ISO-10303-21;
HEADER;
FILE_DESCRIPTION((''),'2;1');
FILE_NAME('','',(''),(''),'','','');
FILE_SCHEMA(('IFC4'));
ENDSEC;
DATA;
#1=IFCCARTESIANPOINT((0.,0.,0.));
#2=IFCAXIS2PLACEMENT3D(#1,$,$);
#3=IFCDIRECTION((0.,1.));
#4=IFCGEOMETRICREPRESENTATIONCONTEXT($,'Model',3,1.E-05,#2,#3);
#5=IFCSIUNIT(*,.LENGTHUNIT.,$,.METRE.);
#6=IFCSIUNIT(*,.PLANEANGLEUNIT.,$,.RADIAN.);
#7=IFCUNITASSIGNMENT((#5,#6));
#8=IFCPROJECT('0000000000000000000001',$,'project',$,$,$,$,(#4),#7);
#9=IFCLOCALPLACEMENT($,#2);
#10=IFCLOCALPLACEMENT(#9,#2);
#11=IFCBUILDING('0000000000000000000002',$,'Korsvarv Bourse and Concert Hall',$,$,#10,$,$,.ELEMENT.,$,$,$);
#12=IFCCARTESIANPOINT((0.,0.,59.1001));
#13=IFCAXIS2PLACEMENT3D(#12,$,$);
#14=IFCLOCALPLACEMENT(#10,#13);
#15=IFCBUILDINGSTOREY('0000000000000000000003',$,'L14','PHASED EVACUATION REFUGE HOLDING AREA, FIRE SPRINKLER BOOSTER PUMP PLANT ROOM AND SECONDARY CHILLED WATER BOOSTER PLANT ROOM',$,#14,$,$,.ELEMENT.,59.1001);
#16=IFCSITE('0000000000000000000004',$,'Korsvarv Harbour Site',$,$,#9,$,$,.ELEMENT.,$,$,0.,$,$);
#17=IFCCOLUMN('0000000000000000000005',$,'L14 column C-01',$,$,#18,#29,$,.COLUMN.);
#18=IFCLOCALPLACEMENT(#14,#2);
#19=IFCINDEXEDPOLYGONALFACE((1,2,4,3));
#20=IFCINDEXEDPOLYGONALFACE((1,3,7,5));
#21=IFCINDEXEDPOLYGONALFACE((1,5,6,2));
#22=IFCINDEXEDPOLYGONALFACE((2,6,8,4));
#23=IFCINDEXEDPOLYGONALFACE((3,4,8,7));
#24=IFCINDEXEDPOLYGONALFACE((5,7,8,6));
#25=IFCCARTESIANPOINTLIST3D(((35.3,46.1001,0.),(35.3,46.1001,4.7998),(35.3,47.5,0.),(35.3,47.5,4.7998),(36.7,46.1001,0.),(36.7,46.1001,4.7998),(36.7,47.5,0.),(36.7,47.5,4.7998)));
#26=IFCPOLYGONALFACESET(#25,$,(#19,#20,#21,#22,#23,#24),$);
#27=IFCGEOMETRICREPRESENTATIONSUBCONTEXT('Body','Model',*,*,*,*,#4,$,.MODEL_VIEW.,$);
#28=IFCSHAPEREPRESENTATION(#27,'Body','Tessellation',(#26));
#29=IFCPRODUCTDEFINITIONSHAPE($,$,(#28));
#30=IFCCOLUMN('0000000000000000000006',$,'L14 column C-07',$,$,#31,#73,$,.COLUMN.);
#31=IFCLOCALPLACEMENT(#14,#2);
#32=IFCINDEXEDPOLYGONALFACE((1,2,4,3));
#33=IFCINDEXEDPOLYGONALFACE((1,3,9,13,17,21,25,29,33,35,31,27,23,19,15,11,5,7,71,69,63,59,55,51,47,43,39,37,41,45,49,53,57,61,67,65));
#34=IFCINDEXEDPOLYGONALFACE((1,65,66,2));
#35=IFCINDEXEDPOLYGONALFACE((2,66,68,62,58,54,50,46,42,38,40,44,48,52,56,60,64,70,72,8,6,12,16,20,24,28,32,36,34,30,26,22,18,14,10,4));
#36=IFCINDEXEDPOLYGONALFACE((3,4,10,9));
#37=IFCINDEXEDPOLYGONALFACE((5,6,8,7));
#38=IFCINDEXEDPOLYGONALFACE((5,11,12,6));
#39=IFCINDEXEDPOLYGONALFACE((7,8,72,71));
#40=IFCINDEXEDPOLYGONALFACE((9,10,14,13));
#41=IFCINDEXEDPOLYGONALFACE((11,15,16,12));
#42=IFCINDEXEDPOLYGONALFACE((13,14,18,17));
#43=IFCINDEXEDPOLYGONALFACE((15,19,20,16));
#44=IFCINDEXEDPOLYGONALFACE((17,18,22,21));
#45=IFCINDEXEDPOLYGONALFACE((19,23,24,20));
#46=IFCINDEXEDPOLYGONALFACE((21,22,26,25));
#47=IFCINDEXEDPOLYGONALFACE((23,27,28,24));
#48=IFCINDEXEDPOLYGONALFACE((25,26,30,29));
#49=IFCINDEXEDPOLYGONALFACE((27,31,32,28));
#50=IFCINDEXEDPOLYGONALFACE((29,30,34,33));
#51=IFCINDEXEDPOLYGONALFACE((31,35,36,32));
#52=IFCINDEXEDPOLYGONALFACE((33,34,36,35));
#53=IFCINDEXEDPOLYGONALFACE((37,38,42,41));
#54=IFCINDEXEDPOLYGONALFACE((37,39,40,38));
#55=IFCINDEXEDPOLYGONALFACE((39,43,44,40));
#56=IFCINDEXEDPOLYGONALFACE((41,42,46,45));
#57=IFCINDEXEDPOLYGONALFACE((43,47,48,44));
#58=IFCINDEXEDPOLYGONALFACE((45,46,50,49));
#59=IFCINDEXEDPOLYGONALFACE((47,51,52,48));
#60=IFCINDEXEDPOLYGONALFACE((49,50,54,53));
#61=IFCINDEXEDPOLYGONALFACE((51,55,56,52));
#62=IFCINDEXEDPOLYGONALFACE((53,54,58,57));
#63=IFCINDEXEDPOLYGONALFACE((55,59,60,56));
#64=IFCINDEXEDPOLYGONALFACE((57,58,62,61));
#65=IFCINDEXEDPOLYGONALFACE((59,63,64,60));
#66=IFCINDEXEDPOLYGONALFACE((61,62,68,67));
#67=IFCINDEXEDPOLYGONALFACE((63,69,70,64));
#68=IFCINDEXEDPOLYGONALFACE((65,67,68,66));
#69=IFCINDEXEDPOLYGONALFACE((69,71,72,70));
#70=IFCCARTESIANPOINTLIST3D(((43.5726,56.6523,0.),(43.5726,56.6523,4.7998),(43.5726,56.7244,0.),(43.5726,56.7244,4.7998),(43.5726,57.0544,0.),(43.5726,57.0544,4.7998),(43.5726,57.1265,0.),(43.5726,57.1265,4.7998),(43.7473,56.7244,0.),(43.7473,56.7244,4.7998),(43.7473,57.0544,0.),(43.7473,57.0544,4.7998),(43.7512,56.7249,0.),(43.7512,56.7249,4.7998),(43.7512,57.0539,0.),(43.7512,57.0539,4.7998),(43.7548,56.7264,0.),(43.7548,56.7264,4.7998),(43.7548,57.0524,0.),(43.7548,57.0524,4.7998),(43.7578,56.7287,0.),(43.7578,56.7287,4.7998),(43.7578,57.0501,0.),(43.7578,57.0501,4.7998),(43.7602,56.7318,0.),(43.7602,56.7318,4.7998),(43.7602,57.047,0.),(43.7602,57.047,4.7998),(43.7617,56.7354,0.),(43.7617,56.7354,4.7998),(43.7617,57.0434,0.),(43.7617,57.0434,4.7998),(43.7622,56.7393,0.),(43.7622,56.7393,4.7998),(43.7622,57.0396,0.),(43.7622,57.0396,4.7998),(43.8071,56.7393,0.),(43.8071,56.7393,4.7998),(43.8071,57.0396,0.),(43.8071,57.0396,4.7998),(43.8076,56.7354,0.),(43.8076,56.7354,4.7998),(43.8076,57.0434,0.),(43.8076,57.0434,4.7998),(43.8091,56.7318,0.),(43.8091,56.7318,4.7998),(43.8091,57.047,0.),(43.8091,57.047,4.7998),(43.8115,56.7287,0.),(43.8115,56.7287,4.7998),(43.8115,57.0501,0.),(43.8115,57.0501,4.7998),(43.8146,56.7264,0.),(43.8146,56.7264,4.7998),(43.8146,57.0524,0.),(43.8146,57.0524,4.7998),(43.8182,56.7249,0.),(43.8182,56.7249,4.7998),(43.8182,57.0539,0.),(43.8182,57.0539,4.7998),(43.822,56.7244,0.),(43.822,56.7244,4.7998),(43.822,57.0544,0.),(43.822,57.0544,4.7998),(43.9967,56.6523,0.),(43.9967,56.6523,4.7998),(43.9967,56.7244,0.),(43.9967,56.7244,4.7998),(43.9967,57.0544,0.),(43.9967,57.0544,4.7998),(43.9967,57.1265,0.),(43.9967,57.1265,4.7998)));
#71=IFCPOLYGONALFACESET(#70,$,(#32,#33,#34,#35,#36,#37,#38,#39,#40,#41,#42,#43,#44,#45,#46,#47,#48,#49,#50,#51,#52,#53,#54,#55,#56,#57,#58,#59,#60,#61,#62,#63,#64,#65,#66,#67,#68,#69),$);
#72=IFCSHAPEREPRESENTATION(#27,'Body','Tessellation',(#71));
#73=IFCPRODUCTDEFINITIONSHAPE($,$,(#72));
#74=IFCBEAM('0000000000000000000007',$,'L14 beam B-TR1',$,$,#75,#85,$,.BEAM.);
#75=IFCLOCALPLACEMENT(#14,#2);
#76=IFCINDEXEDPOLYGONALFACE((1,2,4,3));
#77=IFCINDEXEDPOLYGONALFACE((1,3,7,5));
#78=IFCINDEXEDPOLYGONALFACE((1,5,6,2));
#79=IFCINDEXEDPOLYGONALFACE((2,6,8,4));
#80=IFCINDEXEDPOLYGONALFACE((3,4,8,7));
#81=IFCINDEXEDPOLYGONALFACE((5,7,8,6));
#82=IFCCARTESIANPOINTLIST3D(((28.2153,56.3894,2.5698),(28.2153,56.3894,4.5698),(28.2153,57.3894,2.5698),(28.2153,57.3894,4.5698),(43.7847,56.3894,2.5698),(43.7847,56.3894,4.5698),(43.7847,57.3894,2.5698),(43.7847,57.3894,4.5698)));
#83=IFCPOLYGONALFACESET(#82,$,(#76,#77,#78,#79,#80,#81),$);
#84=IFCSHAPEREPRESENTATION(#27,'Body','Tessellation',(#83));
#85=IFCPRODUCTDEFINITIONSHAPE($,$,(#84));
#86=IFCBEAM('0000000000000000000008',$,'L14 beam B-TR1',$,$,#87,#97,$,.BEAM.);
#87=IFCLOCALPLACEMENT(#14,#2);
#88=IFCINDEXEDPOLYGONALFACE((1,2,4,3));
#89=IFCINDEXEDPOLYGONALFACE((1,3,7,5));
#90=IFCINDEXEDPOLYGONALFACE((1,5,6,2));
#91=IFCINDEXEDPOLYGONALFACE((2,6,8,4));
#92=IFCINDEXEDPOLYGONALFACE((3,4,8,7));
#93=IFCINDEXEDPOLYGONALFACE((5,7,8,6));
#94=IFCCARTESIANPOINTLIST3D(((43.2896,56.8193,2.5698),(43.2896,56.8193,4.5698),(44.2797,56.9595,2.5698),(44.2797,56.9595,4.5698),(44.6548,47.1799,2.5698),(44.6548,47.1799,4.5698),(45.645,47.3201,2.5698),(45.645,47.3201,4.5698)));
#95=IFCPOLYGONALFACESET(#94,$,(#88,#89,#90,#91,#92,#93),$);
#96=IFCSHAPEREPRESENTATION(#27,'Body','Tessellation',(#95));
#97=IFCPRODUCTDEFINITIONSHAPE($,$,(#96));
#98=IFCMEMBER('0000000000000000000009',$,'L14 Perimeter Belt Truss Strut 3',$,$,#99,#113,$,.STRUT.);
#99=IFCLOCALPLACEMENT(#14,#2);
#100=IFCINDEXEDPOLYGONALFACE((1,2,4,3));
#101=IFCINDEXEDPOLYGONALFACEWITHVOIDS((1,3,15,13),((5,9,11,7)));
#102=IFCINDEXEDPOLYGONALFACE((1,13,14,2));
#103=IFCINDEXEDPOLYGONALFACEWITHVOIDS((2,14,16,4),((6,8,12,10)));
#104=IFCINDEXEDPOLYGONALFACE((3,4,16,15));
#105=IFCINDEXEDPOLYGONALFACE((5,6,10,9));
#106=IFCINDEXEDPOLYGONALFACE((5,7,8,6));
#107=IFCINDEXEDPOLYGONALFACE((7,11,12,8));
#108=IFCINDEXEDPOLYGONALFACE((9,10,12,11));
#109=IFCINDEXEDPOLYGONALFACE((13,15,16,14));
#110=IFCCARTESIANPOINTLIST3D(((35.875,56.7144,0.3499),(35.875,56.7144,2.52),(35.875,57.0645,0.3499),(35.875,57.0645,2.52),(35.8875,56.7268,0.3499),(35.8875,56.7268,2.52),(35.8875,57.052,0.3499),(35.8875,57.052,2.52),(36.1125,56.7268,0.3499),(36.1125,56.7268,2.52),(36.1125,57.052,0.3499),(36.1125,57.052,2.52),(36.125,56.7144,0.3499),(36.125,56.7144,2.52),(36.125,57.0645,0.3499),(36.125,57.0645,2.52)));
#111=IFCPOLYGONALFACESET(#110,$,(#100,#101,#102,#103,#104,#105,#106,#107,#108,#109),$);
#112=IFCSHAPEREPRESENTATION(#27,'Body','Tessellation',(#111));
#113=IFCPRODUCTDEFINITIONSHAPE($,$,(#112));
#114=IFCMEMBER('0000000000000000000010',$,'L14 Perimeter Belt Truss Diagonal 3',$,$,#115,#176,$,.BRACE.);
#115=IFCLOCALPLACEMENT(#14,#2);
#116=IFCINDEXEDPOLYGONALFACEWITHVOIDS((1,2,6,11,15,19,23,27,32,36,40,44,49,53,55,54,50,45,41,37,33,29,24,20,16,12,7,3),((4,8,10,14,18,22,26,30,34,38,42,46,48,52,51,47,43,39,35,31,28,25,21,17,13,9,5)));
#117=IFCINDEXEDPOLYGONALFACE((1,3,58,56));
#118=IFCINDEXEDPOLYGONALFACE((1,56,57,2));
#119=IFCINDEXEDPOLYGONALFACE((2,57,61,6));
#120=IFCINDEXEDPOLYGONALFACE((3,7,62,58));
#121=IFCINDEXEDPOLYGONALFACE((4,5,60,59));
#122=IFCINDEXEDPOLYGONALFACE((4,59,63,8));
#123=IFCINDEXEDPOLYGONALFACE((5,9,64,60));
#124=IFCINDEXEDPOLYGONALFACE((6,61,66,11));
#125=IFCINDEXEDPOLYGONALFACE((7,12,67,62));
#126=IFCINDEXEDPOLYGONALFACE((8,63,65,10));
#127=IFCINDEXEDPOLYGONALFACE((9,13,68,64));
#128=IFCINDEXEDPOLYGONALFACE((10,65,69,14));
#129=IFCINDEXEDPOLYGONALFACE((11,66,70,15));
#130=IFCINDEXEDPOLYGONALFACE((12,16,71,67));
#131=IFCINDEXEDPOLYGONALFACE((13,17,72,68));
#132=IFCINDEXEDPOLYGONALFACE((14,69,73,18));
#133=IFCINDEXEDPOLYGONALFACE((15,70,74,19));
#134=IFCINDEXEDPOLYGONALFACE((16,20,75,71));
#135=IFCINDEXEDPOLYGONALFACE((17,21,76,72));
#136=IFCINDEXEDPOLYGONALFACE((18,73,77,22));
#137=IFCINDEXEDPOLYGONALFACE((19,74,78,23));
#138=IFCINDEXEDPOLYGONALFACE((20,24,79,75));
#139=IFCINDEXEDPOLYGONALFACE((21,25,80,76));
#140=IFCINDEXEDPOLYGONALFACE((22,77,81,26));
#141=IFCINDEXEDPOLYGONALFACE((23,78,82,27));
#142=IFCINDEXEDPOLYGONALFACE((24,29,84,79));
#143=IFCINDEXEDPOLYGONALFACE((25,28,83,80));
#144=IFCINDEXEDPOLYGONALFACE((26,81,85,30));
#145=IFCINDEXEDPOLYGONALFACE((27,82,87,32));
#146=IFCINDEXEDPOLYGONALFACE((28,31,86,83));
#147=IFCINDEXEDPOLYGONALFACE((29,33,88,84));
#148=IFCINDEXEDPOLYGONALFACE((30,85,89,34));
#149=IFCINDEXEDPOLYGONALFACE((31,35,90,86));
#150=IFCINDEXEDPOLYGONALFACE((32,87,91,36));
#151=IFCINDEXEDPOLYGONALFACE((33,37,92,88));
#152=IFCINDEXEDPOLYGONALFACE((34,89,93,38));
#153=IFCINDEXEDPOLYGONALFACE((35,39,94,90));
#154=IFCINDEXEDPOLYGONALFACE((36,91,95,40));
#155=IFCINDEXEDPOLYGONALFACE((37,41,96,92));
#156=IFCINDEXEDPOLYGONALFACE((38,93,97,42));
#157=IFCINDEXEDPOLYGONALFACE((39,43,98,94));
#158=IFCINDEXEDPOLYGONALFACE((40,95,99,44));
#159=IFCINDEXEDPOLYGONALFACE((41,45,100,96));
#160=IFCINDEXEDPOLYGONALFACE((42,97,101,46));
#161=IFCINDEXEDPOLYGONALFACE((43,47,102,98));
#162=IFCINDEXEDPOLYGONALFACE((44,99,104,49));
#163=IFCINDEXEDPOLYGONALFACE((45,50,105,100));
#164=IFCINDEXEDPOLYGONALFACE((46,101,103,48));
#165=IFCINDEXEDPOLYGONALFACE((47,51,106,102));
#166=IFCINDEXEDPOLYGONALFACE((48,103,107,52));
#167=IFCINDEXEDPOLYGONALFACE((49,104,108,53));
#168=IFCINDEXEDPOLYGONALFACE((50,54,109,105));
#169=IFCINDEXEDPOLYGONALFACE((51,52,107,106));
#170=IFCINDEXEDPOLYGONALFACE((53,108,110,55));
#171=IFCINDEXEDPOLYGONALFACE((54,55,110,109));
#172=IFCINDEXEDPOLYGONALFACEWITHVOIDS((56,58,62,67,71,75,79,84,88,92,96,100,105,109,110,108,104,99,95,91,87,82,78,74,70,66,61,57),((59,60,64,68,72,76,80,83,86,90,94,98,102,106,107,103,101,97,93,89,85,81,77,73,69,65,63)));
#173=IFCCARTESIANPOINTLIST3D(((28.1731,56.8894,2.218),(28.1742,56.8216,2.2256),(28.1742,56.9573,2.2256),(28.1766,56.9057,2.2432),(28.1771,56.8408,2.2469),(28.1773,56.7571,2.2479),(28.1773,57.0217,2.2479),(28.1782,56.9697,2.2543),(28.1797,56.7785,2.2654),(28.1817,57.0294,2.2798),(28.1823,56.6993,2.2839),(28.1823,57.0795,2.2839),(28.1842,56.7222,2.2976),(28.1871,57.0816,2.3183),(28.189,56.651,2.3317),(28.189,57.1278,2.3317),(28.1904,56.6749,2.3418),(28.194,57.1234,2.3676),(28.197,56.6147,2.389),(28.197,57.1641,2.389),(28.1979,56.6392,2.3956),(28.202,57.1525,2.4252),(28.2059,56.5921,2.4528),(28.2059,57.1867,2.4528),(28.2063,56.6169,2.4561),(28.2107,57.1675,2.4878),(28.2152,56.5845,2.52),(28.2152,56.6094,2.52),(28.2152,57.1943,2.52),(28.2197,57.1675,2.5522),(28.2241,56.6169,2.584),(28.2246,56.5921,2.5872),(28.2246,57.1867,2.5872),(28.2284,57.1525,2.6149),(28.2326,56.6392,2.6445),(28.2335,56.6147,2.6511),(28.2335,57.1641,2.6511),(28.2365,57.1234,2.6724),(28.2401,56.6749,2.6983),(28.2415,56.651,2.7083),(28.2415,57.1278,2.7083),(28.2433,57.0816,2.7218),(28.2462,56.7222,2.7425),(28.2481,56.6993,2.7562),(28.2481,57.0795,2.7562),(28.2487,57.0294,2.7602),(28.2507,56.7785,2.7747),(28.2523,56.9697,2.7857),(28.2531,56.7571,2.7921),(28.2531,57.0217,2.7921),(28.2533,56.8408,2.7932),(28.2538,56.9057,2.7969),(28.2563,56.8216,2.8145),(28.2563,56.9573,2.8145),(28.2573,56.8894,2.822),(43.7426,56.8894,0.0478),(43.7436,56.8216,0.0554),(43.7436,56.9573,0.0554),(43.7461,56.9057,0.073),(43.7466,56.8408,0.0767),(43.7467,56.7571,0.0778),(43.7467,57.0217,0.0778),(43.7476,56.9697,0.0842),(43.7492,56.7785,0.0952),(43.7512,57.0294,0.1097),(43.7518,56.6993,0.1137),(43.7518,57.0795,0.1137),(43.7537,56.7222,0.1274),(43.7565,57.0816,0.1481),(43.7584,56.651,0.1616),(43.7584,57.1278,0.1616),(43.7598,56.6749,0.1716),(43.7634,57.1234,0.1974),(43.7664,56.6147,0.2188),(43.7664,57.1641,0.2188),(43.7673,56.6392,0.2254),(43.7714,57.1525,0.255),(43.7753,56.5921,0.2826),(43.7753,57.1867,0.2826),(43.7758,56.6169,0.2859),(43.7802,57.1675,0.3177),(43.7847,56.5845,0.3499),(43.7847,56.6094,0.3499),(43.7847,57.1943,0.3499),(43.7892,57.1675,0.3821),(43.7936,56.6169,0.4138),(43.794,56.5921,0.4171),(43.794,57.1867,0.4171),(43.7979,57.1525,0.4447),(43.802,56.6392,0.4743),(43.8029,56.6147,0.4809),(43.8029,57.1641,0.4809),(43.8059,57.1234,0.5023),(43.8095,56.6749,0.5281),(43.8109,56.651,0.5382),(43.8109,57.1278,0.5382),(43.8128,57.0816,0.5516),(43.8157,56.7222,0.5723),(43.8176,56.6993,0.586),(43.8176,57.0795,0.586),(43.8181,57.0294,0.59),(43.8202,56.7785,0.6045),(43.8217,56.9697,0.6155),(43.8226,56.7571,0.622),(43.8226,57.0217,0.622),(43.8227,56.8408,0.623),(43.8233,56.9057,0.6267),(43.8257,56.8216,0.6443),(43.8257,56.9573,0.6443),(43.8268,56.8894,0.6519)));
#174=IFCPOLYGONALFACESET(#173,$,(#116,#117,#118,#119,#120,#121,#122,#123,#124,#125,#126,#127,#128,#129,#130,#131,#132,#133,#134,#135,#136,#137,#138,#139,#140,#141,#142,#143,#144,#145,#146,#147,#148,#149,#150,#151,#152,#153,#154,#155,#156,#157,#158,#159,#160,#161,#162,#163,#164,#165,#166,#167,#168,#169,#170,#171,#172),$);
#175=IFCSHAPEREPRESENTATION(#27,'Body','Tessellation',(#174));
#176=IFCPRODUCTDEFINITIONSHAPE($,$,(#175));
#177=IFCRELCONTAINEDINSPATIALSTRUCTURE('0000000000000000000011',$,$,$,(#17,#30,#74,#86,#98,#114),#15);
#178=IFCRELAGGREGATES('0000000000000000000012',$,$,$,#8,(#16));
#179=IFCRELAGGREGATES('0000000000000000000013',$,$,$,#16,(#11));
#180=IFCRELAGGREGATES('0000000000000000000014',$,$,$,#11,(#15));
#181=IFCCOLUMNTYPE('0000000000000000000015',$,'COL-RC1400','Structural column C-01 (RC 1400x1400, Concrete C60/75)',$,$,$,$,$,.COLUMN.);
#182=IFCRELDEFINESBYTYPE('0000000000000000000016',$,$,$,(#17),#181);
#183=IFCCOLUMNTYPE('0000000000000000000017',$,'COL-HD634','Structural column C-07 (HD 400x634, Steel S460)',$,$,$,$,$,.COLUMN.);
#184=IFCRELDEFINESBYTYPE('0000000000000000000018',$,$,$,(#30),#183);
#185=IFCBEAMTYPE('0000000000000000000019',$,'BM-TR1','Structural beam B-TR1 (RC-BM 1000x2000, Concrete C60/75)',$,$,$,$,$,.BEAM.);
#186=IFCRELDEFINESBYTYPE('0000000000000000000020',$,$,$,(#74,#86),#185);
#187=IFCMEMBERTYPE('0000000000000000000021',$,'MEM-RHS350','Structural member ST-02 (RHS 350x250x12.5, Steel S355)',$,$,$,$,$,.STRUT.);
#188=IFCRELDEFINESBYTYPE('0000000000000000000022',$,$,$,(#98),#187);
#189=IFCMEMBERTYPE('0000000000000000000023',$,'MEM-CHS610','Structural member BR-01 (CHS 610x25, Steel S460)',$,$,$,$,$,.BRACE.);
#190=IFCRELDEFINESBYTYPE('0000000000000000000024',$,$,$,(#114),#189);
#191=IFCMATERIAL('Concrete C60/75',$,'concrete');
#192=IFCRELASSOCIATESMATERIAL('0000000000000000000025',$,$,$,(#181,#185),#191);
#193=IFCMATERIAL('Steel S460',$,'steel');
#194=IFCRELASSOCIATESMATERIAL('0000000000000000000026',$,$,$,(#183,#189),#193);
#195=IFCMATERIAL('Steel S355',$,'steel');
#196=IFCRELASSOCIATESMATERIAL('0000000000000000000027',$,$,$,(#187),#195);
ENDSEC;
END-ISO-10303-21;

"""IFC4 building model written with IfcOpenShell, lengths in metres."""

from ifc_helpers import new_model, si_unit, direction, frame, origin, origin_2d, place, context, subcontext, project, spatial, rectangle, hollow_rectangle, hollow_circle, i_section, extrude, source, transform, mapped, material, material_profile, profile_set, type_object, element, save


model = new_model("IFC4")

# Units and contexts
model_context = context("Model", 3, precision=1e-05, world=origin(), true_north=direction((0.0, 1.0)))
body_context = subcontext(model_context, "Body", "Model", "MODEL_VIEW")
ifc_project = project(units=[si_unit("LENGTHUNIT", "METRE"), si_unit("PLANEANGLEUNIT", "RADIAN")], contexts=[model_context])

# Site, building, storey
site_placement = place(None, origin())
site = spatial("IfcSite", under=ifc_project, at=site_placement, Name="Korsvarv Harbour Site", CompositionType="ELEMENT", RefElevation=0.0)
building_placement = place(site_placement, origin())
building = spatial("IfcBuilding", under=site, at=building_placement, Name="Korsvarv Bourse and Concert Hall", CompositionType="ELEMENT")
storey_placement = place(building_placement, frame((0.0, 0.0, 59.1001)))
storey = spatial("IfcBuildingStorey", under=building, at=storey_placement, Name="L14", Description="PHASED EVACUATION REFUGE HOLDING AREA, FIRE SPRINKLER BOOSTER PUMP PLANT ROOM AND SECONDARY CHILLED WATER BOOSTER PLANT ROOM", CompositionType="ELEMENT", Elevation=59.1001)

# Columns
ifc_material_1 = material(Name="Concrete C60/75", Category="concrete")
ifc_material_profile_1 = material_profile(ifc_material_1, rectangle(XDim=1.3999, YDim=1.3999, at=origin_2d()), Name="RC 1400x1400")
ifc_profile_set_1 = profile_set([ifc_material_profile_1], Name="Concrete C60/75")
column_type_1 = type_object("IfcColumnType", Name="COL-RC1400", Description="Structural column C-01 (RC 1400x1400, Concrete C60/75)", PredefinedType="COLUMN", material=ifc_profile_set_1)
shared_shape_1 = source(origin(), body_context, "Body", "SweptSolid", [
    extrude(rectangle(XDim=1.3999, YDim=1.3999, at=origin_2d()), origin(), (0.0, 0.0, 1.0), 4.7998),
])
column_1_placement = place(storey_placement, frame((36.0, 46.8, 0.0), z_axis=(0.0, 0.0, 1.0), x_axis=(1.0, 0.0, 0.0)))
element("IfcColumn", 1, at=column_1_placement, inside=storey, type_object=column_type_1, Name="L14 column C-01", PredefinedType="COLUMN", context=body_context, shape_type="MappedRepresentation", body=[
    mapped(shared_shape_1, transform((0.0, 0.0, 0.0), scale=1.0)),
])
ifc_material_2 = material(Name="Steel S460", Category="steel")
ifc_material_profile_2 = material_profile(ifc_material_2, i_section(OverallWidth=0.4241, OverallDepth=0.4741, WebThickness=0.0449, FlangeThickness=0.072, FilletRadius=0.0149, at=origin_2d()), Name="HD 400x634")
ifc_profile_set_2 = profile_set([ifc_material_profile_2], Name="Steel S460")
column_type_2 = type_object("IfcColumnType", Name="COL-HD634", Description="Structural column C-07 (HD 400x634, Steel S460)", PredefinedType="COLUMN", material=ifc_profile_set_2)
shared_shape_2 = source(origin(), body_context, "Body", "SweptSolid", [
    extrude(i_section(OverallWidth=0.4241, OverallDepth=0.4741, WebThickness=0.0449, FlangeThickness=0.072, FilletRadius=0.0149, at=origin_2d()), origin(), (0.0, 0.0, 1.0), 4.7998),
])
column_2_placement = place(storey_placement, frame((43.7847, 56.8894, 0.0), z_axis=(0.0, 0.0, 1.0), x_axis=(1.0, 0.0, 0.0)))
element("IfcColumn", 2, at=column_2_placement, inside=storey, type_object=column_type_2, Name="L14 column C-07", PredefinedType="COLUMN", context=body_context, shape_type="MappedRepresentation", body=[
    mapped(shared_shape_2, transform((0.0, 0.0, 0.0), scale=1.0)),
])

# Beams
ifc_material_profile_3 = material_profile(ifc_material_1, rectangle(XDim=1.0, YDim=2.0, at=origin_2d()), Name="RC-BM 1000x2000")
ifc_profile_set_3 = profile_set([ifc_material_profile_3], Name="Concrete C60/75")
beam_type = type_object("IfcBeamType", Name="BM-TR1", Description="Structural beam B-TR1 (RC-BM 1000x2000, Concrete C60/75)", PredefinedType="BEAM", material=ifc_profile_set_3)
shared_shape_3 = source(origin(), body_context, "Body", "SweptSolid", [
    extrude(rectangle(XDim=1.0, YDim=2.0, at=origin_2d()), origin(), (0.0, 0.0, 1.0), 15.5693),
])
beam_1_placement = place(storey_placement, frame((43.7847, 56.8894, 3.5698), z_axis=(-1.0, 0.0, 0.0), x_axis=(0.0, -1.0, 0.0)))
element("IfcBeam", 3, at=beam_1_placement, inside=storey, type_object=beam_type, Name="L14 beam B-TR1", PredefinedType="BEAM", context=body_context, shape_type="MappedRepresentation", body=[
    mapped(shared_shape_3, transform((0.0, 0.0, 0.0), scale=1.0)),
])
shared_shape_4 = source(origin(), body_context, "Body", "SweptSolid", [
    extrude(rectangle(XDim=1.0, YDim=2.0, at=origin_2d()), origin(), (0.0, 0.0, 1.0), 9.7356),
])
beam_2_placement = place(storey_placement, frame((43.7847, 56.8894, 3.5698), z_axis=(0.140231, -0.990119, 0.0), x_axis=(0.990119, 0.140231, 0.0)))
element("IfcBeam", 4, at=beam_2_placement, inside=storey, type_object=beam_type, Name="L14 beam B-TR1", PredefinedType="BEAM", context=body_context, shape_type="MappedRepresentation", body=[
    mapped(shared_shape_4, transform((0.0, 0.0, 0.0), scale=1.0)),
])

# Members
ifc_material_3 = material(Name="Steel S355", Category="steel")
ifc_material_profile_4 = material_profile(ifc_material_3, hollow_rectangle(XDim=0.25, YDim=0.3501, WallThickness=0.0125, at=origin_2d()), Name="RHS 350x250x12.5")
ifc_profile_set_4 = profile_set([ifc_material_profile_4], Name="Steel S355")
member_type_1 = type_object("IfcMemberType", Name="MEM-RHS350", Description="Structural member ST-02 (RHS 350x250x12.5, Steel S355)", PredefinedType="STRUT", material=ifc_profile_set_4)
shared_shape_5 = source(origin(), body_context, "Body", "SweptSolid", [
    extrude(hollow_rectangle(XDim=0.25, YDim=0.3501, WallThickness=0.0125, at=origin_2d()), origin(), (0.0, 0.0, 1.0), 2.1702),
])
member_1_placement = place(storey_placement, frame((36.0, 56.8894, 0.3499), z_axis=(0.0, 0.0, 1.0), x_axis=(1.0, 0.0, 0.0)))
element("IfcMember", 5, at=member_1_placement, inside=storey, type_object=member_type_1, Name="L14 Perimeter Belt Truss Strut 3", PredefinedType="STRUT", context=body_context, shape_type="MappedRepresentation", body=[
    mapped(shared_shape_5, transform((0.0, 0.0, 0.0), scale=1.0)),
])
ifc_material_profile_5 = material_profile(ifc_material_2, hollow_circle(Radius=0.3049, WallThickness=0.0249, at=origin_2d()), Name="CHS 610x25")
ifc_profile_set_5 = profile_set([ifc_material_profile_5], Name="Steel S460")
member_type_2 = type_object("IfcMemberType", Name="MEM-CHS610", Description="Structural member BR-01 (CHS 610x25, Steel S460)", PredefinedType="BRACE", material=ifc_profile_set_5)
shared_shape_6 = source(origin(), body_context, "Body", "SweptSolid", [
    extrude(hollow_circle(Radius=0.3049, WallThickness=0.0249, at=origin_2d()), origin(), (0.0, 0.0, 1.0), 15.72),
])
member_2_placement = place(storey_placement, frame((43.7847, 56.8894, 0.3499), z_axis=(-0.990425, 0.0, 0.138053), x_axis=(0.0, -1.0, 0.0)))
element("IfcMember", 6, at=member_2_placement, inside=storey, type_object=member_type_2, Name="L14 Perimeter Belt Truss Diagonal 3", PredefinedType="BRACE", context=body_context, shape_type="MappedRepresentation", body=[
    mapped(shared_shape_6, transform((0.0, 0.0, 0.0), scale=1.0)),
])

save(model, "model.ifc")
